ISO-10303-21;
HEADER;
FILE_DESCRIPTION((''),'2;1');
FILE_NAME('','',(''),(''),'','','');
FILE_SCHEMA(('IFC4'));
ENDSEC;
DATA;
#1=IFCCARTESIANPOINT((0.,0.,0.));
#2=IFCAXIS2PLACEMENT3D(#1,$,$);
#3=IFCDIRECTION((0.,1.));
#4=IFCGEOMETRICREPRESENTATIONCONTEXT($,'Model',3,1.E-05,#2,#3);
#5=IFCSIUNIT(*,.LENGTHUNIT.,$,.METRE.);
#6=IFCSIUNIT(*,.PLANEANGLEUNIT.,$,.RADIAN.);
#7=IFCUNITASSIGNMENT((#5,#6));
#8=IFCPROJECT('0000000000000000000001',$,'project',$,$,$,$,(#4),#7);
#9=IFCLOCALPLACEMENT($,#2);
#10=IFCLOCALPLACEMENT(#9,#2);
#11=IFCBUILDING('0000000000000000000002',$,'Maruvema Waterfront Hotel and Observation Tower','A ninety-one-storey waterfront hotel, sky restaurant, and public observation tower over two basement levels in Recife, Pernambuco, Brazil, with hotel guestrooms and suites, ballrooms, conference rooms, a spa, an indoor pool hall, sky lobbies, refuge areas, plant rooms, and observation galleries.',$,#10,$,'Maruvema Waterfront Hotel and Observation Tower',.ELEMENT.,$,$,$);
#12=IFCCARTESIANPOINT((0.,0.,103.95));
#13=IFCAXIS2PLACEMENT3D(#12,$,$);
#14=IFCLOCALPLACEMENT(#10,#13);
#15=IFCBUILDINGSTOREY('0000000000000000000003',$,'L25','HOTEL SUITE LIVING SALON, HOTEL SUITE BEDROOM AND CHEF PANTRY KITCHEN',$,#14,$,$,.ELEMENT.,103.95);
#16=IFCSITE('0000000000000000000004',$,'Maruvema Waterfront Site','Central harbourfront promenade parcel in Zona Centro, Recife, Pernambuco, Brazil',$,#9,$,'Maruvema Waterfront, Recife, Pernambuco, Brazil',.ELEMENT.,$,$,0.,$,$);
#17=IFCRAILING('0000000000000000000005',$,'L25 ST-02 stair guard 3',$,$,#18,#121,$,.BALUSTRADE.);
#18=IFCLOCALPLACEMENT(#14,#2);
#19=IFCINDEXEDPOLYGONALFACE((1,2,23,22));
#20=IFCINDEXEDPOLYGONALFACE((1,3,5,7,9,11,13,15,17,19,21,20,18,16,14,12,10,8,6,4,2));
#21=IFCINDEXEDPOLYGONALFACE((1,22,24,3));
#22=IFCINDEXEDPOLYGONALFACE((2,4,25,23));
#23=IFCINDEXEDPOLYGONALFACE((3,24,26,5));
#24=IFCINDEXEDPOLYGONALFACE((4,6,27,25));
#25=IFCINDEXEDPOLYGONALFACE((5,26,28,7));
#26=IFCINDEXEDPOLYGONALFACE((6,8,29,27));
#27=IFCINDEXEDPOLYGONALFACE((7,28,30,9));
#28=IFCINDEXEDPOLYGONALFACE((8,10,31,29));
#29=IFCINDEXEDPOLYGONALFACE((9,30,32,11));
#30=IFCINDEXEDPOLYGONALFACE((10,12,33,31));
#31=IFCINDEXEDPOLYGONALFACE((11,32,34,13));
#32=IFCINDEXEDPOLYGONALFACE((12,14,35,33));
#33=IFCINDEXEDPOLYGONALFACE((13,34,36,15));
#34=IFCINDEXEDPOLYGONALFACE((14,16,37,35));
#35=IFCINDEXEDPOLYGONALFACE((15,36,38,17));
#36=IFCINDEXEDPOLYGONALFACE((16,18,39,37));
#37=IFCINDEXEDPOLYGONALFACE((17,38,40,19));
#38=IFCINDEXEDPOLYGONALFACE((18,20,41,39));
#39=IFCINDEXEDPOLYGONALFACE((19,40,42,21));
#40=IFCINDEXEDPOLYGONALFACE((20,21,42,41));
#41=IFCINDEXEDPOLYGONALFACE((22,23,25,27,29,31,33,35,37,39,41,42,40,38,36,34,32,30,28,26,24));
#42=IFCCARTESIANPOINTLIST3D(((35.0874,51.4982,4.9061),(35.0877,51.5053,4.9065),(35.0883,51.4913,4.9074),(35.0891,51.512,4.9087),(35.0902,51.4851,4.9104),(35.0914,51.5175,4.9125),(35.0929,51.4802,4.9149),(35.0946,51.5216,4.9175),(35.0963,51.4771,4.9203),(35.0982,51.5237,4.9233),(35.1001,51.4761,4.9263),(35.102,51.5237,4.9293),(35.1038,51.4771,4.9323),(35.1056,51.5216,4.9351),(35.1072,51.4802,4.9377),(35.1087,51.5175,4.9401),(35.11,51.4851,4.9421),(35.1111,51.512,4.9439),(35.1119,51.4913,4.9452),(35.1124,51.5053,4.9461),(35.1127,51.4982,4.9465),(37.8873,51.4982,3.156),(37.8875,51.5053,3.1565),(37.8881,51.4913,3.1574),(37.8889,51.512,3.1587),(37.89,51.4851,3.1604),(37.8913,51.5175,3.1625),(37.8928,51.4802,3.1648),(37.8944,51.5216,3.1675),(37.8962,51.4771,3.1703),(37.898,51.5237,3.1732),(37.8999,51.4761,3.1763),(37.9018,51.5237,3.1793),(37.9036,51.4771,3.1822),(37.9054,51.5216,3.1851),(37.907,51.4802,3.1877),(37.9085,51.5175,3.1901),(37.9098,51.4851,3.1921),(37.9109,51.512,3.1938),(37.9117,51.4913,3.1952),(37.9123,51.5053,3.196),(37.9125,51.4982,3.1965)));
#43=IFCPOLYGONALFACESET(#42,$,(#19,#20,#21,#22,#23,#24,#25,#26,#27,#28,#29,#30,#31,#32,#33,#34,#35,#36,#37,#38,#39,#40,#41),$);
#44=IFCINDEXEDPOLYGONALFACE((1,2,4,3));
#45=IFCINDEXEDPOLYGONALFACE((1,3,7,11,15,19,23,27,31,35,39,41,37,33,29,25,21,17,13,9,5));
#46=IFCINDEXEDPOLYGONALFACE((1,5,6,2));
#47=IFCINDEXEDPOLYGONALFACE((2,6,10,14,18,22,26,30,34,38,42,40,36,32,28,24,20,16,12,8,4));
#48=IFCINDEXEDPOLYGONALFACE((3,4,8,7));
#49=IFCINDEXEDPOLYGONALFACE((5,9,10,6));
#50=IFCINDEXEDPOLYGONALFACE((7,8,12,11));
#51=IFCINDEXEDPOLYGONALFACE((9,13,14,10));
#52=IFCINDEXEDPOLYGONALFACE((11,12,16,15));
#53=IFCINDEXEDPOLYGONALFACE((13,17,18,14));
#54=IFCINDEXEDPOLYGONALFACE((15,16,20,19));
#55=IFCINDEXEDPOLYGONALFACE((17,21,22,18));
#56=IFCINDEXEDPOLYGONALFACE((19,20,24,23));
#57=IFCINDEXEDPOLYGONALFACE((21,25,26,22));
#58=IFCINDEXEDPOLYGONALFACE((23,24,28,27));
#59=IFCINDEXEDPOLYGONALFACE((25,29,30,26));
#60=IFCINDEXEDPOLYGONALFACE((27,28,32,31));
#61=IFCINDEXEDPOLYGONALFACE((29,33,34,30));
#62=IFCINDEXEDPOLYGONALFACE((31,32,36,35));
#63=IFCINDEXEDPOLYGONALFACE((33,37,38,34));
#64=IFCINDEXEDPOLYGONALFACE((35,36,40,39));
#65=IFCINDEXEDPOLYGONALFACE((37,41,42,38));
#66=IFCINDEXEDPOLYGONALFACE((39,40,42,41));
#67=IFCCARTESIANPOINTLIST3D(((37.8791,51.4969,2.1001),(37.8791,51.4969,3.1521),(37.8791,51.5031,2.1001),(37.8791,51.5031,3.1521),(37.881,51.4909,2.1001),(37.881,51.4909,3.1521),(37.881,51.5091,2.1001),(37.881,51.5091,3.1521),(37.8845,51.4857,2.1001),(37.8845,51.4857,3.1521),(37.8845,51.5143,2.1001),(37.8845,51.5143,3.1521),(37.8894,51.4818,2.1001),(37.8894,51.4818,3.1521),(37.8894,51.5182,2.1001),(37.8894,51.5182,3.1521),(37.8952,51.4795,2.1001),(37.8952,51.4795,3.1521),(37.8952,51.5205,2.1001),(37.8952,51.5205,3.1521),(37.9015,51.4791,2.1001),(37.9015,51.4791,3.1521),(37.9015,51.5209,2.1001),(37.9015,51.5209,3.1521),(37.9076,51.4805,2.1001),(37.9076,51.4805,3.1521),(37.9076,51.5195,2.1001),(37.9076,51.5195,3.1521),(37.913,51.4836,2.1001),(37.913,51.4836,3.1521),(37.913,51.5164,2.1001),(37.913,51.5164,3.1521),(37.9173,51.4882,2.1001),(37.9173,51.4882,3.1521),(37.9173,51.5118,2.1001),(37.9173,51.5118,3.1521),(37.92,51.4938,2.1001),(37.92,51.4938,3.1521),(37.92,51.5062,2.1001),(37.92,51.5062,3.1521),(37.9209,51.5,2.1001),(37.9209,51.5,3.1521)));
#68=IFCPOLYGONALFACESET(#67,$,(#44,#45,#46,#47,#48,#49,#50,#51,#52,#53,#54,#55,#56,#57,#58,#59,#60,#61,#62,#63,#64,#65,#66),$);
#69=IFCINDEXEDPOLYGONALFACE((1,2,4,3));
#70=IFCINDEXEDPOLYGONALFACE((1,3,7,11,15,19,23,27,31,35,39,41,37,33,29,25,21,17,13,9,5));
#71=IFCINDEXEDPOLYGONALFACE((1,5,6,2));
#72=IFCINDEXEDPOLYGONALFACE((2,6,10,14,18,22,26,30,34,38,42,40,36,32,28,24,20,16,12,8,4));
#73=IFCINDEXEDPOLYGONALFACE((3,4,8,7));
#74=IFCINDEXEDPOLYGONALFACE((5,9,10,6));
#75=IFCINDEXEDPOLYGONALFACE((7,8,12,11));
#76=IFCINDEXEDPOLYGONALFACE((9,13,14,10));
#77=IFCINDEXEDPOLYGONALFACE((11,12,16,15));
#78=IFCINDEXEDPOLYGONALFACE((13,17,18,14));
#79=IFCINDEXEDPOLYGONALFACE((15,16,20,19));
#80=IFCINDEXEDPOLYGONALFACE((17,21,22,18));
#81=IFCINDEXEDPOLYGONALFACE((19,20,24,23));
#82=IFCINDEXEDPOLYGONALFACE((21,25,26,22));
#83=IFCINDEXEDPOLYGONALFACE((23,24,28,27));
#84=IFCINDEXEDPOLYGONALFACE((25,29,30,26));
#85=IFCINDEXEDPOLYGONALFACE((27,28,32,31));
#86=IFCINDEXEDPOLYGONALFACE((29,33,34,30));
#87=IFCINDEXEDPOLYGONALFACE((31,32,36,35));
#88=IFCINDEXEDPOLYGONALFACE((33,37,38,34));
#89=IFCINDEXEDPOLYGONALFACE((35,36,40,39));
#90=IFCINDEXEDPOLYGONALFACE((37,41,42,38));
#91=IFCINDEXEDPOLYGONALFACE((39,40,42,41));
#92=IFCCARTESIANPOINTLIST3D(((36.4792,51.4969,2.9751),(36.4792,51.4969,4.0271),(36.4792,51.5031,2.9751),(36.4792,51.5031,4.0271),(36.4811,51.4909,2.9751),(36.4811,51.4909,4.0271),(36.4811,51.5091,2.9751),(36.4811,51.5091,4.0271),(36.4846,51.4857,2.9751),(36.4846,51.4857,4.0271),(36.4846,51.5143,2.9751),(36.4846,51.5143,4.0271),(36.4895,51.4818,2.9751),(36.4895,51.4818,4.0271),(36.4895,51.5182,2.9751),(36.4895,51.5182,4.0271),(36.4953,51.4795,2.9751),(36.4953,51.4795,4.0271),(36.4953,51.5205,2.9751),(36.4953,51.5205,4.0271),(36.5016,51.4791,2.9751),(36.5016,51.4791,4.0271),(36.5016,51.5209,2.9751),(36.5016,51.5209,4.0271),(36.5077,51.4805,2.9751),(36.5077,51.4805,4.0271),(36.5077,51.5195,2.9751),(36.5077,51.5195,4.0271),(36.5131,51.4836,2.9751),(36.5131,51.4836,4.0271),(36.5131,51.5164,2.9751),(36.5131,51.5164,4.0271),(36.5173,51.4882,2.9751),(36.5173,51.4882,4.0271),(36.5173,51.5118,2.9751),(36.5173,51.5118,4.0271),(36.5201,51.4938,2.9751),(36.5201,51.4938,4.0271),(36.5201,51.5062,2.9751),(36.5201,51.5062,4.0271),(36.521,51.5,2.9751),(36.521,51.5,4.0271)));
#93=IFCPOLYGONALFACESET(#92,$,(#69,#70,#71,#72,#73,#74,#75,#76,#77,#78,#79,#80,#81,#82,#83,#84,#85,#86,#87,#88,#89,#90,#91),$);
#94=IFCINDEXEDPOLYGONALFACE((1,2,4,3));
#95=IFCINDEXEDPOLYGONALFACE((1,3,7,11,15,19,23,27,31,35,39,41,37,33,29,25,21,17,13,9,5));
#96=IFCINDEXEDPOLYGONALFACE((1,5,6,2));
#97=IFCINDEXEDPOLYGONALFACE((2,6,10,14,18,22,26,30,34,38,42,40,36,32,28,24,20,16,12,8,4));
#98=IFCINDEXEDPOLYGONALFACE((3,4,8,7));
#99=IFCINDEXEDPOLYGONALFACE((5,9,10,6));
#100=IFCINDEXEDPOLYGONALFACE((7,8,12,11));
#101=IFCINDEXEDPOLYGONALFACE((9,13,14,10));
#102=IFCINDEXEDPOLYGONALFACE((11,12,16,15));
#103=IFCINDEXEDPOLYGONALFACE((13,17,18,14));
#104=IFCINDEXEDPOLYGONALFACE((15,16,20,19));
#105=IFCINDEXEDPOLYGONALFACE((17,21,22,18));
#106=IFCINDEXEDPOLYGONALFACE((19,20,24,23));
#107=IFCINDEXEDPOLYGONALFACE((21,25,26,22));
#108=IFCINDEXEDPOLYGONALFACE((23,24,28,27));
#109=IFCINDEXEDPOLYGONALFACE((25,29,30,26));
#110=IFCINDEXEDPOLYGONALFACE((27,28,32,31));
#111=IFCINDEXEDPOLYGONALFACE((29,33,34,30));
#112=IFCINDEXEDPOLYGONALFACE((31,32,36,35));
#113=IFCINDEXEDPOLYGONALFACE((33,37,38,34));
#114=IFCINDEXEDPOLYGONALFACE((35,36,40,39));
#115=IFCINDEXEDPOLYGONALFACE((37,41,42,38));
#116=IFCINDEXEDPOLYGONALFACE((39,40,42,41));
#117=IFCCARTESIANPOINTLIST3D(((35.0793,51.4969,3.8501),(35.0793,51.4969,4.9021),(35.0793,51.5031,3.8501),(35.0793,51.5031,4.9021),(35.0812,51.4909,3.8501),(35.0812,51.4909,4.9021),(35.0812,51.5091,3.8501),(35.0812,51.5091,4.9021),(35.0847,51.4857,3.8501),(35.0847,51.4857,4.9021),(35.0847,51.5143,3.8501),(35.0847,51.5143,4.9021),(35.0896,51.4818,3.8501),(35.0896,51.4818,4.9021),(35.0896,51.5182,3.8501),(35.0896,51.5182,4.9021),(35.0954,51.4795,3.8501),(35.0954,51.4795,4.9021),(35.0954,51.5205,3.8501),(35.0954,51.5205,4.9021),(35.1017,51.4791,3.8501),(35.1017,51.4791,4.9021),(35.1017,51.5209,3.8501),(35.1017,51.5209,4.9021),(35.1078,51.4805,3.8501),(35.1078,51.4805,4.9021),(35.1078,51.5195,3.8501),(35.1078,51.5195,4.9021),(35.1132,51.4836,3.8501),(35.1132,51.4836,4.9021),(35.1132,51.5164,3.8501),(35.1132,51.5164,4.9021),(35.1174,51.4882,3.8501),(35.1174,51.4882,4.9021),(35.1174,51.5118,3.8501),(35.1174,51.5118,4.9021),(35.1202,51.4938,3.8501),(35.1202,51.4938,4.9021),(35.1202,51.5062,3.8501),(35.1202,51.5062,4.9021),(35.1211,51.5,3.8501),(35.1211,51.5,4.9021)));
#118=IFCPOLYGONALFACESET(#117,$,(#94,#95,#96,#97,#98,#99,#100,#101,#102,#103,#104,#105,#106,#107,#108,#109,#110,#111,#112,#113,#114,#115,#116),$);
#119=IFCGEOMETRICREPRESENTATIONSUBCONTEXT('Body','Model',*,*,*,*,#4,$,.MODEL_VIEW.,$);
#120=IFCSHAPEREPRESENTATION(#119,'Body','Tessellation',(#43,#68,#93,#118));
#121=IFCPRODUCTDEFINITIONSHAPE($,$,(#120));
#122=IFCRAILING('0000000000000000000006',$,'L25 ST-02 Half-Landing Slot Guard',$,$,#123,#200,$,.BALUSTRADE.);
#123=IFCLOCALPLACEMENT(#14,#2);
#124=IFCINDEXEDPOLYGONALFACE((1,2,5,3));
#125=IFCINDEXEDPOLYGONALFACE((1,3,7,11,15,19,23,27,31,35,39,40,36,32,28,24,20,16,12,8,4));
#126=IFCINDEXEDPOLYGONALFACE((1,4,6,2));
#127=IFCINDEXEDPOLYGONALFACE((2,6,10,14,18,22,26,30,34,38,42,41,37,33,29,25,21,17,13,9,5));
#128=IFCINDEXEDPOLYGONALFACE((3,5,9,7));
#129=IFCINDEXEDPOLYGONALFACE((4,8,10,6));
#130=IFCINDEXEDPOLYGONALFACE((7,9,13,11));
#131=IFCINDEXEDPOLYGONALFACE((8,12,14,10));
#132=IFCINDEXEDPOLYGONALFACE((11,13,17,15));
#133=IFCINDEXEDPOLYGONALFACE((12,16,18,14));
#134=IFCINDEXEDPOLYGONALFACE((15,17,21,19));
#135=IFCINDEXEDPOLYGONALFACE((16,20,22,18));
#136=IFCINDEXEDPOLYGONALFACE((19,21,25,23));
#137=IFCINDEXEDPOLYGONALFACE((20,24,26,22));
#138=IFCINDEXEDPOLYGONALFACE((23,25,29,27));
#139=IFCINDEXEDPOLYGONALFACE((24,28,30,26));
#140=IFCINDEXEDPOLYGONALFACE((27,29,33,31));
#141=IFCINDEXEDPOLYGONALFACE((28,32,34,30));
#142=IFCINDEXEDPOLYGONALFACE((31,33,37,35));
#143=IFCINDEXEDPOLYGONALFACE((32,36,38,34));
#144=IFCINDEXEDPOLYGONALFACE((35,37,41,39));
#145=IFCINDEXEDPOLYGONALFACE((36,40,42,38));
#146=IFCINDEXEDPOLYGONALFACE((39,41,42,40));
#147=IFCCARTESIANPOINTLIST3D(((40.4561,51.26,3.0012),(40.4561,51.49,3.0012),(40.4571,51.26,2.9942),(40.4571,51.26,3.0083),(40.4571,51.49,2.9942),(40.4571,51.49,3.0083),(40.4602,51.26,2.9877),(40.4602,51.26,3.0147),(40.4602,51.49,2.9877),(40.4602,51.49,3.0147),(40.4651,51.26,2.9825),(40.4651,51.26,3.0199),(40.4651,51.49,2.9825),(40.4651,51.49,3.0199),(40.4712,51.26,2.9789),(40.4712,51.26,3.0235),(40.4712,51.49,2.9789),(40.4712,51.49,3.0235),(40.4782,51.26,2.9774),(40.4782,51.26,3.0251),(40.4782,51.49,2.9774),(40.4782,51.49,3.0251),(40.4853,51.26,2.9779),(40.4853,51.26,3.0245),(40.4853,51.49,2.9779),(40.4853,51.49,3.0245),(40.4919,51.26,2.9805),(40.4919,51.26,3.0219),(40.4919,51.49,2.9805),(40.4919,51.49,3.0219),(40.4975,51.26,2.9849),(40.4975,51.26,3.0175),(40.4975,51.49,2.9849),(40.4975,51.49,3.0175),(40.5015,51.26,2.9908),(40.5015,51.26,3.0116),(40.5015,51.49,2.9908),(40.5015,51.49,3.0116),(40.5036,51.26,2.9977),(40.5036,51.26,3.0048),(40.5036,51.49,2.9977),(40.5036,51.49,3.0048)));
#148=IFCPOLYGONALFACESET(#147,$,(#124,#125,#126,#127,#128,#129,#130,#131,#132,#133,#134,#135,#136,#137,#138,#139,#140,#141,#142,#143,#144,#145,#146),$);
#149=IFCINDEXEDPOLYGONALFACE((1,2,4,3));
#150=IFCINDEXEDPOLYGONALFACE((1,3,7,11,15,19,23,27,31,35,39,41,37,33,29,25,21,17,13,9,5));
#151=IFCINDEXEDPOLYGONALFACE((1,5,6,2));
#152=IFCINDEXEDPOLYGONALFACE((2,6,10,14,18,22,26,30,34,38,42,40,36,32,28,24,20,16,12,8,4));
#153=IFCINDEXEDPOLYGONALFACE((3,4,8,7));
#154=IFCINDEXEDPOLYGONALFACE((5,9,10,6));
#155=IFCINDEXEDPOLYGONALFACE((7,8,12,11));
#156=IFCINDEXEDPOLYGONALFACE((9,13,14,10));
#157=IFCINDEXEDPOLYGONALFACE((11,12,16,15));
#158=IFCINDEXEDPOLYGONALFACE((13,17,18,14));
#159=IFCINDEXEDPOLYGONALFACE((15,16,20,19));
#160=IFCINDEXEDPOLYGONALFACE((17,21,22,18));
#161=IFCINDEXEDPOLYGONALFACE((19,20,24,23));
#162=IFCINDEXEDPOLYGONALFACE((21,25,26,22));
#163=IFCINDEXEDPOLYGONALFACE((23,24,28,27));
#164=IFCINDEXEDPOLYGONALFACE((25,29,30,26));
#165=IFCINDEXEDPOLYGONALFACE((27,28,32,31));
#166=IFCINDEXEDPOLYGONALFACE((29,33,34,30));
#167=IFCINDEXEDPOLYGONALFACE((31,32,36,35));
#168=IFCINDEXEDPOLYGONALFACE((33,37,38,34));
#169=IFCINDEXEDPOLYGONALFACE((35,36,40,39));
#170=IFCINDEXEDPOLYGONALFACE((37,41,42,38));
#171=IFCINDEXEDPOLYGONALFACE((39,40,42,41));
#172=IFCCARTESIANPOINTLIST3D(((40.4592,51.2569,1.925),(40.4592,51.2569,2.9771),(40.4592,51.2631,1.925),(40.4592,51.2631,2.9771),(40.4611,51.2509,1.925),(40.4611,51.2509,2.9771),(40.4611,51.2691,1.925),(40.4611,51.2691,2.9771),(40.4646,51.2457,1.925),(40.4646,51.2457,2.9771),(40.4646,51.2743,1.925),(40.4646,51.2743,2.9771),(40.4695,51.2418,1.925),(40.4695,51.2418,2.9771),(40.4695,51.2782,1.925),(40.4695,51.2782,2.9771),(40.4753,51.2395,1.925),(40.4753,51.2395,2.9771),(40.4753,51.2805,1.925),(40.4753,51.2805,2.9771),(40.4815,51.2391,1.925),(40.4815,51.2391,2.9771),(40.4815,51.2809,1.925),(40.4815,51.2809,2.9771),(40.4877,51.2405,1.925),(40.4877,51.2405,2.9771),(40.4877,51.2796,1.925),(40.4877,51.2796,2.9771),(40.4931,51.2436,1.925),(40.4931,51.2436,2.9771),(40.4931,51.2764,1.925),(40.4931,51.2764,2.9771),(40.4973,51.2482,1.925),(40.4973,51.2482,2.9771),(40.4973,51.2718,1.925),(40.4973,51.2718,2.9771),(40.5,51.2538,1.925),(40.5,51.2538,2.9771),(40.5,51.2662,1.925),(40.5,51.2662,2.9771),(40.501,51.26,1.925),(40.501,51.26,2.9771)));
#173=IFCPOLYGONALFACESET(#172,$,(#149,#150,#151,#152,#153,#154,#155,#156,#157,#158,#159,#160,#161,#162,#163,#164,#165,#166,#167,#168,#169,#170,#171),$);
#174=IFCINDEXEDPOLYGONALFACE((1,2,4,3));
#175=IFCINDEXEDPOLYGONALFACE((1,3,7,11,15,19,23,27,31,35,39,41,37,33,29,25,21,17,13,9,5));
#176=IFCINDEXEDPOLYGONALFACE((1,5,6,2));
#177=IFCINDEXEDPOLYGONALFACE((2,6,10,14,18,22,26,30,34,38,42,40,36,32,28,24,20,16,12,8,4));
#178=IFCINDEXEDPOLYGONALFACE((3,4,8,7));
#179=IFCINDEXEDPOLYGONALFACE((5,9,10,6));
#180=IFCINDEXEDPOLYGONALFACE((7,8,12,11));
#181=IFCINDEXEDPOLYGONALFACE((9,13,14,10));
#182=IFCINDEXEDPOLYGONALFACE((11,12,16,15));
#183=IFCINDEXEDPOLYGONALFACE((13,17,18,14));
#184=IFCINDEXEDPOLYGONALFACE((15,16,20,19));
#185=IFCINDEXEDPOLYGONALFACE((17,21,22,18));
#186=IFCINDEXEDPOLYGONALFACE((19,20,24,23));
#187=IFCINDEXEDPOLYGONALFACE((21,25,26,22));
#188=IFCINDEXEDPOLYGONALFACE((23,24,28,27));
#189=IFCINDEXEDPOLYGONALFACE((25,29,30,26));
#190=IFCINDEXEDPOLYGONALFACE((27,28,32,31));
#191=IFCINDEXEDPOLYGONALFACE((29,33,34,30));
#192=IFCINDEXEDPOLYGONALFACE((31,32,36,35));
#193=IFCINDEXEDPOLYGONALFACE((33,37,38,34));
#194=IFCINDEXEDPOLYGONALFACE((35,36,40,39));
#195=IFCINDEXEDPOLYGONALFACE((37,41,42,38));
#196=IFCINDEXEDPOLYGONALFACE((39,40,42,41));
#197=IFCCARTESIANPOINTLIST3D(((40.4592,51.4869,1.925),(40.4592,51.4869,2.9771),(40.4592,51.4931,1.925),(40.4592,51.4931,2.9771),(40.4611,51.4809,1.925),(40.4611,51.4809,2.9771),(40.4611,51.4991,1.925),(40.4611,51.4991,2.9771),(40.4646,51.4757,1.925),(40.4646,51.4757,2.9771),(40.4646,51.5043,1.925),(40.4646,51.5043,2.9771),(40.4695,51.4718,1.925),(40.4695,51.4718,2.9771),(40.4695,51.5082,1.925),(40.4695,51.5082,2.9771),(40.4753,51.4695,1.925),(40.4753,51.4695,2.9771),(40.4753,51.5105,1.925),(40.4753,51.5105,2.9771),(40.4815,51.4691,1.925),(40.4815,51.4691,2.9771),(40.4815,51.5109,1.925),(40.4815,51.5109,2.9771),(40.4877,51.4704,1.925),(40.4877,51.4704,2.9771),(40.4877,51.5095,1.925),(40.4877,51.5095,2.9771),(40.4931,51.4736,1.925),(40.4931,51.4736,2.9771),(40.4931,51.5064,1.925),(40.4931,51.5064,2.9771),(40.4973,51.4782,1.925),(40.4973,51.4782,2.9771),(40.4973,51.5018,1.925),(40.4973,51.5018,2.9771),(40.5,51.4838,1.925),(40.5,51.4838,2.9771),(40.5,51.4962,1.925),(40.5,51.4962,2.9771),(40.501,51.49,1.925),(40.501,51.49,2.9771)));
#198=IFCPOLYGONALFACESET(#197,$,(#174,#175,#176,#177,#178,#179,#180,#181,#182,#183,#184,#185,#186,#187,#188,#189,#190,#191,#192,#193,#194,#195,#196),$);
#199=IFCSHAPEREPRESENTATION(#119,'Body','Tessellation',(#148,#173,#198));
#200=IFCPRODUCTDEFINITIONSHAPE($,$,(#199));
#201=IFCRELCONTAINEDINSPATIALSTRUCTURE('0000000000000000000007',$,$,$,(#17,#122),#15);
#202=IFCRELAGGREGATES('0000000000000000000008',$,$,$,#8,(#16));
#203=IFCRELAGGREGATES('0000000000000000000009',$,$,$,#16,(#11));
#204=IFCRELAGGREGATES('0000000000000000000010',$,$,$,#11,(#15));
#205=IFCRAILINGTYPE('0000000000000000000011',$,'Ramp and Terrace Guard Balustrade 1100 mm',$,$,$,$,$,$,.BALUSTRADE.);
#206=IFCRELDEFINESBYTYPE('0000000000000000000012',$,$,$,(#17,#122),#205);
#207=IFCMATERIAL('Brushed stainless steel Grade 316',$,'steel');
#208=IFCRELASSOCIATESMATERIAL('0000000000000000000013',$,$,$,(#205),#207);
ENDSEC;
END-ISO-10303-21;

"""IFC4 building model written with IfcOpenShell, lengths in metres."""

from ifc_helpers import new_model, si_unit, direction, frame, origin, origin_2d, place, context, subcontext, project, spatial, circle, extrude, material, type_object, element, save


model = new_model("IFC4")

# Units and contexts
model_context = context("Model", 3, precision=1e-05, world=origin(), true_north=direction((0.0, 1.0)))
body_context = subcontext(model_context, "Body", "Model", "MODEL_VIEW")
ifc_project = project(units=[si_unit("LENGTHUNIT", "METRE"), si_unit("PLANEANGLEUNIT", "RADIAN")], contexts=[model_context])

# Site, building, storey
site_placement = place(None, origin())
site = spatial("IfcSite", under=ifc_project, at=site_placement, Name="Maruvema Waterfront Site", Description="Central harbourfront promenade parcel in Zona Centro, Recife, Pernambuco, Brazil", LongName="Maruvema Waterfront, Recife, Pernambuco, Brazil", CompositionType="ELEMENT", RefElevation=0.0)
building_placement = place(site_placement, origin())
building = spatial("IfcBuilding", under=site, at=building_placement, Name="Maruvema Waterfront Hotel and Observation Tower", Description="A ninety-one-storey waterfront hotel, sky restaurant, and public observation tower over two basement levels in Recife, Pernambuco, Brazil, with hotel guestrooms and suites, ballrooms, conference rooms, a spa, an indoor pool hall, sky lobbies, refuge areas, plant rooms, and observation galleries.", LongName="Maruvema Waterfront Hotel and Observation Tower", CompositionType="ELEMENT")
storey_placement = place(building_placement, frame((0.0, 0.0, 103.95)))
storey = spatial("IfcBuildingStorey", under=building, at=storey_placement, Name="L25", Description="HOTEL SUITE LIVING SALON, HOTEL SUITE BEDROOM AND CHEF PANTRY KITCHEN", CompositionType="ELEMENT", Elevation=103.95)

# Railings
ifc_material_1 = material(Name="Brushed stainless steel Grade 316", Category="steel")
railing_type_1 = type_object("IfcRailingType", Name="Ramp and Terrace Guard Balustrade 1100 mm", PredefinedType="BALUSTRADE", material=ifc_material_1)
railing_1_placement = place(storey_placement, frame((37.8999, 51.5, 2.1001)))
element("IfcRailing", 1, at=railing_1_placement, inside=storey, type_object=railing_type_1, Name="L25 ST-02 stair guard 3", PredefinedType="BALUSTRADE", context=body_context, shape_type="SweptSolid", body=[
    extrude(circle(Radius=0.0239, at=origin_2d()), frame((0.0, 0.0, 1.0762), z_axis=(-0.847982, 0.0, 0.530026), x_axis=(0.0, -1.0, 0.0)), (0.0, 0.0, 1.0), 3.3018),
    extrude(circle(Radius=0.021, at=origin_2d()), origin(), (0.0, 0.0, 1.0), 1.052),
    extrude(circle(Radius=0.021, at=origin_2d()), frame((-1.3999, 0.0, 0.875)), (0.0, 0.0, 1.0), 1.052),
    extrude(circle(Radius=0.021, at=origin_2d()), frame((-2.7998, 0.0, 1.75)), (0.0, 0.0, 1.0), 1.052),
])
railing_2_placement = place(storey_placement, frame((40.48, 51.26, 1.925)))
element("IfcRailing", 2, at=railing_2_placement, inside=storey, type_object=railing_type_1, Name="L25 ST-02 Half-Landing Slot Guard", PredefinedType="BALUSTRADE", context=body_context, shape_type="SweptSolid", body=[
    extrude(circle(Radius=0.0239, at=origin_2d()), frame((0.0, 0.0, 1.0762), z_axis=(0.0, 1.0, 0.0), x_axis=(-1.0, 0.0, 0.0)), (0.0, 0.0, 1.0), 0.23),
    extrude(circle(Radius=0.021, at=origin_2d()), origin(), (0.0, 0.0, 1.0), 1.052),
    extrude(circle(Radius=0.021, at=origin_2d()), frame((0.0, 0.23, 0.0)), (0.0, 0.0, 1.0), 1.052),
])

save(model, "model.ifc")
